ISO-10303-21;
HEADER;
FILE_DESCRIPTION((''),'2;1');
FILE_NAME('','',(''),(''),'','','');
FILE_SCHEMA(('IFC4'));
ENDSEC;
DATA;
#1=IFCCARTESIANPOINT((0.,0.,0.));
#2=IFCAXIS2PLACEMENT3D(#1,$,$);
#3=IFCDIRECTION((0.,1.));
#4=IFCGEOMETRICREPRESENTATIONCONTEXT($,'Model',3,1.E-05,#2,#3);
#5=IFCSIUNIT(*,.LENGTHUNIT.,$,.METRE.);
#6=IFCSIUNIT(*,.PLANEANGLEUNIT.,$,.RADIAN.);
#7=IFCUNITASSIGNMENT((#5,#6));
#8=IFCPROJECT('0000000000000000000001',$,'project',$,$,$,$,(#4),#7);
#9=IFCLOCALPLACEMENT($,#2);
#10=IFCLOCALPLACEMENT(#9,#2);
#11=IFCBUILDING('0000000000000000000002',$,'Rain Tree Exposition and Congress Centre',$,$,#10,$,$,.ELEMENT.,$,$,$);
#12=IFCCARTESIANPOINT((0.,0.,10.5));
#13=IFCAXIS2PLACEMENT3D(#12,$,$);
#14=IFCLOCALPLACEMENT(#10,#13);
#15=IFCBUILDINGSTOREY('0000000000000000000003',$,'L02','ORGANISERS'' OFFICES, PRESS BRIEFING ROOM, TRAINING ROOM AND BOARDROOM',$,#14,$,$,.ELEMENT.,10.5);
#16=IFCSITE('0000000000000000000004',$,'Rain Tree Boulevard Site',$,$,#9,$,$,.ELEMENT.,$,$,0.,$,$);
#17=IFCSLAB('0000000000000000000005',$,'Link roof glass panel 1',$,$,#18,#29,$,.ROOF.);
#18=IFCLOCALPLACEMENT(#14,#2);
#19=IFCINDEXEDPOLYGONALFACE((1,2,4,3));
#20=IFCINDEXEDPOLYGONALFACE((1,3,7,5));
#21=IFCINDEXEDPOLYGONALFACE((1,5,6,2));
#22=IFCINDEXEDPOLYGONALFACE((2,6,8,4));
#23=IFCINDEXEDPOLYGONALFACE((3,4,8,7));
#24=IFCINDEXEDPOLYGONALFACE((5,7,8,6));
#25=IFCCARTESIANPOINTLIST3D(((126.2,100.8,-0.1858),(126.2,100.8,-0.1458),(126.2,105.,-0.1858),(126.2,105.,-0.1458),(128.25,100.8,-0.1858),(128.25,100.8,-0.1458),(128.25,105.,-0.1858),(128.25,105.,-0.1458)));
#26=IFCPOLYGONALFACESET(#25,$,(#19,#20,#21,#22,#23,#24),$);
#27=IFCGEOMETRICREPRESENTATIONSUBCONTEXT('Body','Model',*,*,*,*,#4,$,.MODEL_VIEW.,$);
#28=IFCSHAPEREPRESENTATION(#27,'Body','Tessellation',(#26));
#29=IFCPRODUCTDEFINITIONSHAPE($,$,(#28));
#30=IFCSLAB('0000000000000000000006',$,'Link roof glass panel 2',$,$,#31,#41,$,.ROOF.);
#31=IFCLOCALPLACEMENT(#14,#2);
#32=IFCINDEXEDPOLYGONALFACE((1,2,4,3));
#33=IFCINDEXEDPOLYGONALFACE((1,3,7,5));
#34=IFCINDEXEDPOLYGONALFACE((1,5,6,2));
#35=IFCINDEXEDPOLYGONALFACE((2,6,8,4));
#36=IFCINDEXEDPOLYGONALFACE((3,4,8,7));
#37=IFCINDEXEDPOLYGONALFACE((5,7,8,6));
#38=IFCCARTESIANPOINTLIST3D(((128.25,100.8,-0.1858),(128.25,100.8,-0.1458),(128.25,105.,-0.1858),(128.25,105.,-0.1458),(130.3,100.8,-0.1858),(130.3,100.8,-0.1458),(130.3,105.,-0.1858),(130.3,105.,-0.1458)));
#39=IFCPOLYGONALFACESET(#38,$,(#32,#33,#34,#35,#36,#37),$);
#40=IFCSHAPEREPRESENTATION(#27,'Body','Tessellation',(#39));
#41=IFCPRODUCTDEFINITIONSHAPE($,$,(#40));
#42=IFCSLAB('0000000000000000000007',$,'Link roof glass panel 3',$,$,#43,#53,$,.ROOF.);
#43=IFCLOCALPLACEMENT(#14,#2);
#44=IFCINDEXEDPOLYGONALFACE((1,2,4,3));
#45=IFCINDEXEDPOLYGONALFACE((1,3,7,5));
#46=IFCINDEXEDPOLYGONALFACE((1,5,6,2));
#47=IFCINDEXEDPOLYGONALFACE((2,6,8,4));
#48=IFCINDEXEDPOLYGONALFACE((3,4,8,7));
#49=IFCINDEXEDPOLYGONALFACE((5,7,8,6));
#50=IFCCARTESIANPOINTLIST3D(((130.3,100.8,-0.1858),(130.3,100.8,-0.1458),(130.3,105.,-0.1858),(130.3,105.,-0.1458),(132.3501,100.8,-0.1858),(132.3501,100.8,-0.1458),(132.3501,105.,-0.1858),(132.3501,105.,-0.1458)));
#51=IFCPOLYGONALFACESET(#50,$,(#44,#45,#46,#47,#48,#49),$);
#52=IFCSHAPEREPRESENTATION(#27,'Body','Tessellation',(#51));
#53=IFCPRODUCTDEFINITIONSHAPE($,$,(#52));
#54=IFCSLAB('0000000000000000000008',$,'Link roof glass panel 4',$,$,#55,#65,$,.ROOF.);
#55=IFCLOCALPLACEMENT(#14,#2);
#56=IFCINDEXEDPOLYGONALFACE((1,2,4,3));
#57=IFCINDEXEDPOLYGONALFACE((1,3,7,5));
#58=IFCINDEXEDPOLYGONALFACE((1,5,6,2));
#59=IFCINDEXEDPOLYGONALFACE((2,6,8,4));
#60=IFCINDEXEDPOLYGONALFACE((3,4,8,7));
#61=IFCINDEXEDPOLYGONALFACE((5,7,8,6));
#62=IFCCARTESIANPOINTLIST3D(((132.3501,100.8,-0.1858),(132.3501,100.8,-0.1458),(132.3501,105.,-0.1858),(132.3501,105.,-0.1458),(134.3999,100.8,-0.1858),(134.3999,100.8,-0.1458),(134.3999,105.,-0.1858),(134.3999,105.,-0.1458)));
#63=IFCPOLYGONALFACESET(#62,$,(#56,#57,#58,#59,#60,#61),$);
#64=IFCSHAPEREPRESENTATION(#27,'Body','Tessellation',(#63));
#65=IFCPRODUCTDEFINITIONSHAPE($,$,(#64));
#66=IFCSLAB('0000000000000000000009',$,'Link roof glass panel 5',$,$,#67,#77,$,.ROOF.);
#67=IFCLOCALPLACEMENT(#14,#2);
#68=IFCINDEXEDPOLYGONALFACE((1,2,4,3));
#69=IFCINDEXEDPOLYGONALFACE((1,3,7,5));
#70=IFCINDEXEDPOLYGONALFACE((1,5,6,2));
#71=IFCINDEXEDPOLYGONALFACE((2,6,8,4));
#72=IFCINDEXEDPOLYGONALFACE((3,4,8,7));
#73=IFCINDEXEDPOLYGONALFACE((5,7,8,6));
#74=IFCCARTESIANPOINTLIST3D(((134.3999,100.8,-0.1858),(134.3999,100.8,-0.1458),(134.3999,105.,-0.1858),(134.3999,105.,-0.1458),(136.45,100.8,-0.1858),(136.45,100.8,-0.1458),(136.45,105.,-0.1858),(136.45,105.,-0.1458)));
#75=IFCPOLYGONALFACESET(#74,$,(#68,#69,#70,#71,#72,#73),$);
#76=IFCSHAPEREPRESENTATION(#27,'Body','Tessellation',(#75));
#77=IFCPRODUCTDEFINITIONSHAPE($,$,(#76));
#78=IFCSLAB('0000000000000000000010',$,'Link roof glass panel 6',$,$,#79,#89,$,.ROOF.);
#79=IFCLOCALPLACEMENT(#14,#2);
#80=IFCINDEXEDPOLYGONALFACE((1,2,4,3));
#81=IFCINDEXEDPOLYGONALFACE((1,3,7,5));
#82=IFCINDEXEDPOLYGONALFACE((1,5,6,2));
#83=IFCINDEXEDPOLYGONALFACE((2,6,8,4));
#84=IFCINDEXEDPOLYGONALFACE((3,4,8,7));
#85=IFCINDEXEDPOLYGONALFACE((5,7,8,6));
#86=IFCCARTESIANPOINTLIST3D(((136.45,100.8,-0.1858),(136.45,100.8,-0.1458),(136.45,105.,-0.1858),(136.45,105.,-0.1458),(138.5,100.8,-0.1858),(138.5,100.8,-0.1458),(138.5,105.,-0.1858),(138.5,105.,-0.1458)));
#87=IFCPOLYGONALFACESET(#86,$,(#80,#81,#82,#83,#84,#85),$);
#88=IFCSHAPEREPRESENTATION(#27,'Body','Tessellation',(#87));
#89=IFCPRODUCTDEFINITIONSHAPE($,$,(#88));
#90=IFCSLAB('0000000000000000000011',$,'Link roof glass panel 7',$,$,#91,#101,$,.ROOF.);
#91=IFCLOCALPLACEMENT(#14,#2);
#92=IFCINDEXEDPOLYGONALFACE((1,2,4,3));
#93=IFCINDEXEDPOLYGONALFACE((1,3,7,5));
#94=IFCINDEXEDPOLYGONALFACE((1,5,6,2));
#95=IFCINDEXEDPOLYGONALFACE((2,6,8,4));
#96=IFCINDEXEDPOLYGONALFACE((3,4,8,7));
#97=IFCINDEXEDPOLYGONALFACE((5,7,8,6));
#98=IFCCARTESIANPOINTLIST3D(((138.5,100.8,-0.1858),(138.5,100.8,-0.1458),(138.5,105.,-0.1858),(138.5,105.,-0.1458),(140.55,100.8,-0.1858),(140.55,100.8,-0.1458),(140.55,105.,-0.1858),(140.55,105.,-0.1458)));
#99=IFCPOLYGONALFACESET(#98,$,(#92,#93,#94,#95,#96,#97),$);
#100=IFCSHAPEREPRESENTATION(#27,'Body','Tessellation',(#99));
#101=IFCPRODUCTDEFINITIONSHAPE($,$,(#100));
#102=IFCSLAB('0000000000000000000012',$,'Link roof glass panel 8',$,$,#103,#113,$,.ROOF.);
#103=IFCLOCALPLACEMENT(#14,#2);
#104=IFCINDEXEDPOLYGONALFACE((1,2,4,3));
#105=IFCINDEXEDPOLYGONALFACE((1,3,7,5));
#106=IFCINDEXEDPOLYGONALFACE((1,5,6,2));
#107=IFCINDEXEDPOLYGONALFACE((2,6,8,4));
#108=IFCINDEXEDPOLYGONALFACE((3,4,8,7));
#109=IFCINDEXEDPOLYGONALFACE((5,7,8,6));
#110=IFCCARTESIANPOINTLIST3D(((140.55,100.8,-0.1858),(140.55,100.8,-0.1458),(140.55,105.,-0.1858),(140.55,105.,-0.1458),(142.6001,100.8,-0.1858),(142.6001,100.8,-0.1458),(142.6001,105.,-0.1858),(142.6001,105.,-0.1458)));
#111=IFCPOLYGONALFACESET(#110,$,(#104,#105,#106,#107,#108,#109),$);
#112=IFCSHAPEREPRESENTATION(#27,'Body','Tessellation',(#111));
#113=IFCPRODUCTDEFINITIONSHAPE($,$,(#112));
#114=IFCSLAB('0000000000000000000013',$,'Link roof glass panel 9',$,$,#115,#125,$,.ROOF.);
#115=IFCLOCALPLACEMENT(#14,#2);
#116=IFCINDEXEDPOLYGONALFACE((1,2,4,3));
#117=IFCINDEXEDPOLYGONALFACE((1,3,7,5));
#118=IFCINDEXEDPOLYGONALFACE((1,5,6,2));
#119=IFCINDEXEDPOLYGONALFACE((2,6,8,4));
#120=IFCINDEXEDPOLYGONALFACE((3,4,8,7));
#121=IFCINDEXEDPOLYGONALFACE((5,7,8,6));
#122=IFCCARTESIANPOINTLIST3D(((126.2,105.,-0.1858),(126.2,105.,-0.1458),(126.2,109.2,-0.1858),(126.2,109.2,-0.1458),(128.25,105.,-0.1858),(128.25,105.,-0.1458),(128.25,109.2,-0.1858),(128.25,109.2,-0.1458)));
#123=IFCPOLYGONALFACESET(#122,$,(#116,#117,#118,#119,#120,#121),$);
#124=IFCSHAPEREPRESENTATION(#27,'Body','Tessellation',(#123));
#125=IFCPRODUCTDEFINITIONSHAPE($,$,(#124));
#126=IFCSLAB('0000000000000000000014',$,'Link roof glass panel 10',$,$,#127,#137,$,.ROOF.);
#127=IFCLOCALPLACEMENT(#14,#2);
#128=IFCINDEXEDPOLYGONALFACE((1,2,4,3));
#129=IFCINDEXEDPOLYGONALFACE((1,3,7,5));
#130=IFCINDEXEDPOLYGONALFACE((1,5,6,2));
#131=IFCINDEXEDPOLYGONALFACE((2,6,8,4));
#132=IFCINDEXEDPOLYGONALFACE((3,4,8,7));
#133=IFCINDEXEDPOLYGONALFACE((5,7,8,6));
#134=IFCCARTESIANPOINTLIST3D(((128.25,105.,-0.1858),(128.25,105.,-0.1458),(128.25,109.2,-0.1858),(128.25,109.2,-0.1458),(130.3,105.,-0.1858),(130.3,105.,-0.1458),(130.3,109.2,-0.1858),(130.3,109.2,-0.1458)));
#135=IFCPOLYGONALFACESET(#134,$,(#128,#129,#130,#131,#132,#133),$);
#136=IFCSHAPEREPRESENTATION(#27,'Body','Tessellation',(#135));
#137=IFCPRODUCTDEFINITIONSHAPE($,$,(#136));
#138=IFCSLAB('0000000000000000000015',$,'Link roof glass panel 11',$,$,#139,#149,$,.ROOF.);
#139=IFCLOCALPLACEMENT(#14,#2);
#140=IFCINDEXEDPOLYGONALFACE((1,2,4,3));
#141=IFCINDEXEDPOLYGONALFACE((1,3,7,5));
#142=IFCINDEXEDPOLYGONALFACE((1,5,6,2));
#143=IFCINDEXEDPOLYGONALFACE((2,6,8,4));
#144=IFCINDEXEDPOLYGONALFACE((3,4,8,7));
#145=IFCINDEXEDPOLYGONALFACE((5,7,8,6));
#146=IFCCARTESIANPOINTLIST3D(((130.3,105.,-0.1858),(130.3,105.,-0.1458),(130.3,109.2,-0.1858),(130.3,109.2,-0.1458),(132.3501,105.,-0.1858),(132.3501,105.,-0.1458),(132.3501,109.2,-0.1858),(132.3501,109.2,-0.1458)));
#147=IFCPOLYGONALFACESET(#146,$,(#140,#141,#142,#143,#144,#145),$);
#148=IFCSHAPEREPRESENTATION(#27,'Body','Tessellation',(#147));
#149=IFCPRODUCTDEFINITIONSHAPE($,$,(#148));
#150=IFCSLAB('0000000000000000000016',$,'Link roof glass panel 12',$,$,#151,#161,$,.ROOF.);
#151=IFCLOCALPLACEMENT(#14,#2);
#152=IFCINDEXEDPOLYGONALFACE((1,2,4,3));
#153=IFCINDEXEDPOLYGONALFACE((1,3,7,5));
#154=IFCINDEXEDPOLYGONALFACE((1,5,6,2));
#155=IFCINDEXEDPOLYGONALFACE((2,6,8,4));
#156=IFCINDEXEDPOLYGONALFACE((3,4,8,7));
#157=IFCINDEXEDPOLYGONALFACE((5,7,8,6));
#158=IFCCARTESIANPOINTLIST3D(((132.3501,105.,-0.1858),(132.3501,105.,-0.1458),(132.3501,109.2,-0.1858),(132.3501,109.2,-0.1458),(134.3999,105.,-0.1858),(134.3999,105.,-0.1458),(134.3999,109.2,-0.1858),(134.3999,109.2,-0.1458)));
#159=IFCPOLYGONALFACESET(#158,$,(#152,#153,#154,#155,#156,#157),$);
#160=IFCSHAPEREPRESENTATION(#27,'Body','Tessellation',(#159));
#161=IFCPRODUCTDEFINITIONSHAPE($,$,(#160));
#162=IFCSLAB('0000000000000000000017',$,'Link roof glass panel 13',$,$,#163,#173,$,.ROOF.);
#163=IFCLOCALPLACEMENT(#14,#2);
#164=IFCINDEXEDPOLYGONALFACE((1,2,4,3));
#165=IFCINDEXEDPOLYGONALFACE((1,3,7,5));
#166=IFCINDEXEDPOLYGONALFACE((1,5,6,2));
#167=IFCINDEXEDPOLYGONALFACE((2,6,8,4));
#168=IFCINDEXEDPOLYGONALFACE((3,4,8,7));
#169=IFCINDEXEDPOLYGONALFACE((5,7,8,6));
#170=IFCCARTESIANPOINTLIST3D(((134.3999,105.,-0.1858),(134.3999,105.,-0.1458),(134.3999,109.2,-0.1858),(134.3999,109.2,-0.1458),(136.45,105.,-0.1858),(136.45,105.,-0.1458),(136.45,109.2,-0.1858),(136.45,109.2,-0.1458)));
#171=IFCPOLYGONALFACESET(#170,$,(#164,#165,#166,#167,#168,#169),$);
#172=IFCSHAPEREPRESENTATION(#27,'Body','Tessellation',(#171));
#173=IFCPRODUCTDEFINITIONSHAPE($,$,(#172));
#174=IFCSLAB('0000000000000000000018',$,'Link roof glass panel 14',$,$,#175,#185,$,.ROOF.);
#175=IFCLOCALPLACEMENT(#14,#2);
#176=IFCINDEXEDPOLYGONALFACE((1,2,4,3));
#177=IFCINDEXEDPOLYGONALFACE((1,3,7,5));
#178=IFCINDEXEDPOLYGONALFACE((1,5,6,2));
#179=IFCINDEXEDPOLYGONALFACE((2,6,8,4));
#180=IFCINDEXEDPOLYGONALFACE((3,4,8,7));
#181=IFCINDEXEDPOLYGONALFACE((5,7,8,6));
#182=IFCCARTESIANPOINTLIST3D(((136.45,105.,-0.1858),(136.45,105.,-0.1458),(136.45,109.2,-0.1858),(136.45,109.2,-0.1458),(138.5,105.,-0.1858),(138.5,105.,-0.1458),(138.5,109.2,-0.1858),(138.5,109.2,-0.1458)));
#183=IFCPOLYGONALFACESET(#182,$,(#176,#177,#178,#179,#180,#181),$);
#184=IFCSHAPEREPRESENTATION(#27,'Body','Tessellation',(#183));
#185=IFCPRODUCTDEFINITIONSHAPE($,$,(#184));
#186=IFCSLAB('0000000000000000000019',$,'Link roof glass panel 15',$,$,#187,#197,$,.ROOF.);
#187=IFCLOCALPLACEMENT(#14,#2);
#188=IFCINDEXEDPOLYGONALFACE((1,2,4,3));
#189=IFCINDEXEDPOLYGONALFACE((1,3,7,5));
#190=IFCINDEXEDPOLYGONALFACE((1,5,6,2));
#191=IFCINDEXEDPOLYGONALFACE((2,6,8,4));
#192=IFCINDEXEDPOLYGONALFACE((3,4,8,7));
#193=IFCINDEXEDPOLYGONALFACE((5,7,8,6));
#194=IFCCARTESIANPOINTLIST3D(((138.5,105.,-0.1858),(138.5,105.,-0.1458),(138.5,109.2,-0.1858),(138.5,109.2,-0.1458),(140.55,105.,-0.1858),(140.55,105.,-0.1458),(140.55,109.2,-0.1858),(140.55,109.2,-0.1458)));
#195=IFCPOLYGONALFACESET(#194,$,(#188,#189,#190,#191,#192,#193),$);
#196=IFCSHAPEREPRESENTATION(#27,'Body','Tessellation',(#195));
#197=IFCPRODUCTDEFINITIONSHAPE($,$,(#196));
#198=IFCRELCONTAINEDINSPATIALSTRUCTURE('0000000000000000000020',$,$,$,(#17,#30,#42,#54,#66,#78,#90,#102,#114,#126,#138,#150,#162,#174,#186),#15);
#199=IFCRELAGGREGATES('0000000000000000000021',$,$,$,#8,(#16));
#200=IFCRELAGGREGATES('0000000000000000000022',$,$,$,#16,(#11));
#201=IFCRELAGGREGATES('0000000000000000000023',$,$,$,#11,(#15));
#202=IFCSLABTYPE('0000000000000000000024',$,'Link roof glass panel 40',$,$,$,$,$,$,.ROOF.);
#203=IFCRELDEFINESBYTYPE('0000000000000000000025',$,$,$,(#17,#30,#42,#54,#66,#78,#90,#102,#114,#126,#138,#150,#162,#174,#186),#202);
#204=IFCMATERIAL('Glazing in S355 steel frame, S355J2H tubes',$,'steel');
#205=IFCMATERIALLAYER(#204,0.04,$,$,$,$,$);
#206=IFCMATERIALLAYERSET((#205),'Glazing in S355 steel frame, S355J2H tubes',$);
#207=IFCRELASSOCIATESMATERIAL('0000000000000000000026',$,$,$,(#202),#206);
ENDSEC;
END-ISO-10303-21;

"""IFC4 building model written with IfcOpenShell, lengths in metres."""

from ifc_helpers import new_model, si_unit, direction, frame, origin, place, context, subcontext, project, spatial, polyline, outline, extrude, material, layer, layer_set, type_object, element, save


model = new_model("IFC4")

# Units and contexts
model_context = context("Model", 3, precision=1e-05, world=origin(), true_north=direction((0.0, 1.0)))
body_context = subcontext(model_context, "Body", "Model", "MODEL_VIEW")
ifc_project = project(units=[si_unit("LENGTHUNIT", "METRE"), si_unit("PLANEANGLEUNIT", "RADIAN")], contexts=[model_context])

# Site, building, storey
site_placement = place(None, origin())
site = spatial("IfcSite", under=ifc_project, at=site_placement, Name="Rain Tree Boulevard Site", CompositionType="ELEMENT", RefElevation=0.0)
building_placement = place(site_placement, origin())
building = spatial("IfcBuilding", under=site, at=building_placement, Name="Rain Tree Exposition and Congress Centre", CompositionType="ELEMENT")
storey_placement = place(building_placement, frame((0.0, 0.0, 10.5)))
storey = spatial("IfcBuildingStorey", under=building, at=storey_placement, Name="L02", Description="ORGANISERS' OFFICES, PRESS BRIEFING ROOM, TRAINING ROOM AND BOARDROOM", CompositionType="ELEMENT", Elevation=10.5)

# Slabs
ifc_material = material(Name="Glazing in S355 steel frame, S355J2H tubes", Category="steel")
ifc_layer = layer(ifc_material, 0.04)
ifc_layer_set = layer_set([ifc_layer], Name="Glazing in S355 steel frame, S355J2H tubes")
slab_type = type_object("IfcSlabType", Name="Link roof glass panel 40", PredefinedType="ROOF", material=ifc_layer_set)
slab_1_placement = place(storey_placement, frame((0.0, 0.0, -0.1858)))
element("IfcSlab", 1, at=slab_1_placement, inside=storey, type_object=slab_type, Name="Link roof glass panel 1", PredefinedType="ROOF", context=body_context, shape_type="SweptSolid", body=[
    extrude(outline(polyline([(126.2, 100.8), (128.25, 100.8), (128.25, 105.0), (126.2, 105.0), (126.2, 100.8)])), origin(), (0.0, 0.0, 1.0), 0.04),
])
slab_2_placement = place(storey_placement, frame((0.0, 0.0, -0.1858)))
element("IfcSlab", 2, at=slab_2_placement, inside=storey, type_object=slab_type, Name="Link roof glass panel 2", PredefinedType="ROOF", context=body_context, shape_type="SweptSolid", body=[
    extrude(outline(polyline([(128.25, 100.8), (130.3, 100.8), (130.3, 105.0), (128.25, 105.0), (128.25, 100.8)])), origin(), (0.0, 0.0, 1.0), 0.04),
])
slab_3_placement = place(storey_placement, frame((0.0, 0.0, -0.1858)))
element("IfcSlab", 3, at=slab_3_placement, inside=storey, type_object=slab_type, Name="Link roof glass panel 3", PredefinedType="ROOF", context=body_context, shape_type="SweptSolid", body=[
    extrude(outline(polyline([(130.3, 100.8), (132.3501, 100.8), (132.3501, 105.0), (130.3, 105.0), (130.3, 100.8)])), origin(), (0.0, 0.0, 1.0), 0.04),
])
slab_4_placement = place(storey_placement, frame((0.0, 0.0, -0.1858)))
element("IfcSlab", 4, at=slab_4_placement, inside=storey, type_object=slab_type, Name="Link roof glass panel 4", PredefinedType="ROOF", context=body_context, shape_type="SweptSolid", body=[
    extrude(outline(polyline([(132.3501, 100.8), (134.3999, 100.8), (134.3999, 105.0), (132.3501, 105.0), (132.3501, 100.8)])), origin(), (0.0, 0.0, 1.0), 0.04),
])
slab_5_placement = place(storey_placement, frame((0.0, 0.0, -0.1858)))
element("IfcSlab", 5, at=slab_5_placement, inside=storey, type_object=slab_type, Name="Link roof glass panel 5", PredefinedType="ROOF", context=body_context, shape_type="SweptSolid", body=[
    extrude(outline(polyline([(134.3999, 100.8), (136.45, 100.8), (136.45, 105.0), (134.3999, 105.0), (134.3999, 100.8)])), origin(), (0.0, 0.0, 1.0), 0.04),
])
slab_6_placement = place(storey_placement, frame((0.0, 0.0, -0.1858)))
element("IfcSlab", 6, at=slab_6_placement, inside=storey, type_object=slab_type, Name="Link roof glass panel 6", PredefinedType="ROOF", context=body_context, shape_type="SweptSolid", body=[
    extrude(outline(polyline([(136.45, 100.8), (138.5, 100.8), (138.5, 105.0), (136.45, 105.0), (136.45, 100.8)])), origin(), (0.0, 0.0, 1.0), 0.04),
])
slab_7_placement = place(storey_placement, frame((0.0, 0.0, -0.1858)))
element("IfcSlab", 7, at=slab_7_placement, inside=storey, type_object=slab_type, Name="Link roof glass panel 7", PredefinedType="ROOF", context=body_context, shape_type="SweptSolid", body=[
    extrude(outline(polyline([(138.5, 100.8), (140.55, 100.8), (140.55, 105.0), (138.5, 105.0), (138.5, 100.8)])), origin(), (0.0, 0.0, 1.0), 0.04),
])
slab_8_placement = place(storey_placement, frame((0.0, 0.0, -0.1858)))
element("IfcSlab", 8, at=slab_8_placement, inside=storey, type_object=slab_type, Name="Link roof glass panel 8", PredefinedType="ROOF", context=body_context, shape_type="SweptSolid", body=[
    extrude(outline(polyline([(140.55, 100.8), (142.6001, 100.8), (142.6001, 105.0), (140.55, 105.0), (140.55, 100.8)])), origin(), (0.0, 0.0, 1.0), 0.04),
])
slab_9_placement = place(storey_placement, frame((0.0, 0.0, -0.1858)))
element("IfcSlab", 9, at=slab_9_placement, inside=storey, type_object=slab_type, Name="Link roof glass panel 9", PredefinedType="ROOF", context=body_context, shape_type="SweptSolid", body=[
    extrude(outline(polyline([(126.2, 105.0), (128.25, 105.0), (128.25, 109.2), (126.2, 109.2), (126.2, 105.0)])), origin(), (0.0, 0.0, 1.0), 0.04),
])
slab_10_placement = place(storey_placement, frame((0.0, 0.0, -0.1858)))
element("IfcSlab", 10, at=slab_10_placement, inside=storey, type_object=slab_type, Name="Link roof glass panel 10", PredefinedType="ROOF", context=body_context, shape_type="SweptSolid", body=[
    extrude(outline(polyline([(128.25, 105.0), (130.3, 105.0), (130.3, 109.2), (128.25, 109.2), (128.25, 105.0)])), origin(), (0.0, 0.0, 1.0), 0.04),
])
slab_11_placement = place(storey_placement, frame((0.0, 0.0, -0.1858)))
element("IfcSlab", 11, at=slab_11_placement, inside=storey, type_object=slab_type, Name="Link roof glass panel 11", PredefinedType="ROOF", context=body_context, shape_type="SweptSolid", body=[
    extrude(outline(polyline([(130.3, 105.0), (132.3501, 105.0), (132.3501, 109.2), (130.3, 109.2), (130.3, 105.0)])), origin(), (0.0, 0.0, 1.0), 0.04),
])
slab_12_placement = place(storey_placement, frame((0.0, 0.0, -0.1858)))
element("IfcSlab", 12, at=slab_12_placement, inside=storey, type_object=slab_type, Name="Link roof glass panel 12", PredefinedType="ROOF", context=body_context, shape_type="SweptSolid", body=[
    extrude(outline(polyline([(132.3501, 105.0), (134.3999, 105.0), (134.3999, 109.2), (132.3501, 109.2), (132.3501, 105.0)])), origin(), (0.0, 0.0, 1.0), 0.04),
])
slab_13_placement = place(storey_placement, frame((0.0, 0.0, -0.1858)))
element("IfcSlab", 13, at=slab_13_placement, inside=storey, type_object=slab_type, Name="Link roof glass panel 13", PredefinedType="ROOF", context=body_context, shape_type="SweptSolid", body=[
    extrude(outline(polyline([(134.3999, 105.0), (136.45, 105.0), (136.45, 109.2), (134.3999, 109.2), (134.3999, 105.0)])), origin(), (0.0, 0.0, 1.0), 0.04),
])
slab_14_placement = place(storey_placement, frame((0.0, 0.0, -0.1858)))
element("IfcSlab", 14, at=slab_14_placement, inside=storey, type_object=slab_type, Name="Link roof glass panel 14", PredefinedType="ROOF", context=body_context, shape_type="SweptSolid", body=[
    extrude(outline(polyline([(136.45, 105.0), (138.5, 105.0), (138.5, 109.2), (136.45, 109.2), (136.45, 105.0)])), origin(), (0.0, 0.0, 1.0), 0.04),
])
slab_15_placement = place(storey_placement, frame((0.0, 0.0, -0.1858)))
element("IfcSlab", 15, at=slab_15_placement, inside=storey, type_object=slab_type, Name="Link roof glass panel 15", PredefinedType="ROOF", context=body_context, shape_type="SweptSolid", body=[
    extrude(outline(polyline([(138.5, 105.0), (140.55, 105.0), (140.55, 109.2), (138.5, 109.2), (138.5, 105.0)])), origin(), (0.0, 0.0, 1.0), 0.04),
])

save(model, "model.ifc")
